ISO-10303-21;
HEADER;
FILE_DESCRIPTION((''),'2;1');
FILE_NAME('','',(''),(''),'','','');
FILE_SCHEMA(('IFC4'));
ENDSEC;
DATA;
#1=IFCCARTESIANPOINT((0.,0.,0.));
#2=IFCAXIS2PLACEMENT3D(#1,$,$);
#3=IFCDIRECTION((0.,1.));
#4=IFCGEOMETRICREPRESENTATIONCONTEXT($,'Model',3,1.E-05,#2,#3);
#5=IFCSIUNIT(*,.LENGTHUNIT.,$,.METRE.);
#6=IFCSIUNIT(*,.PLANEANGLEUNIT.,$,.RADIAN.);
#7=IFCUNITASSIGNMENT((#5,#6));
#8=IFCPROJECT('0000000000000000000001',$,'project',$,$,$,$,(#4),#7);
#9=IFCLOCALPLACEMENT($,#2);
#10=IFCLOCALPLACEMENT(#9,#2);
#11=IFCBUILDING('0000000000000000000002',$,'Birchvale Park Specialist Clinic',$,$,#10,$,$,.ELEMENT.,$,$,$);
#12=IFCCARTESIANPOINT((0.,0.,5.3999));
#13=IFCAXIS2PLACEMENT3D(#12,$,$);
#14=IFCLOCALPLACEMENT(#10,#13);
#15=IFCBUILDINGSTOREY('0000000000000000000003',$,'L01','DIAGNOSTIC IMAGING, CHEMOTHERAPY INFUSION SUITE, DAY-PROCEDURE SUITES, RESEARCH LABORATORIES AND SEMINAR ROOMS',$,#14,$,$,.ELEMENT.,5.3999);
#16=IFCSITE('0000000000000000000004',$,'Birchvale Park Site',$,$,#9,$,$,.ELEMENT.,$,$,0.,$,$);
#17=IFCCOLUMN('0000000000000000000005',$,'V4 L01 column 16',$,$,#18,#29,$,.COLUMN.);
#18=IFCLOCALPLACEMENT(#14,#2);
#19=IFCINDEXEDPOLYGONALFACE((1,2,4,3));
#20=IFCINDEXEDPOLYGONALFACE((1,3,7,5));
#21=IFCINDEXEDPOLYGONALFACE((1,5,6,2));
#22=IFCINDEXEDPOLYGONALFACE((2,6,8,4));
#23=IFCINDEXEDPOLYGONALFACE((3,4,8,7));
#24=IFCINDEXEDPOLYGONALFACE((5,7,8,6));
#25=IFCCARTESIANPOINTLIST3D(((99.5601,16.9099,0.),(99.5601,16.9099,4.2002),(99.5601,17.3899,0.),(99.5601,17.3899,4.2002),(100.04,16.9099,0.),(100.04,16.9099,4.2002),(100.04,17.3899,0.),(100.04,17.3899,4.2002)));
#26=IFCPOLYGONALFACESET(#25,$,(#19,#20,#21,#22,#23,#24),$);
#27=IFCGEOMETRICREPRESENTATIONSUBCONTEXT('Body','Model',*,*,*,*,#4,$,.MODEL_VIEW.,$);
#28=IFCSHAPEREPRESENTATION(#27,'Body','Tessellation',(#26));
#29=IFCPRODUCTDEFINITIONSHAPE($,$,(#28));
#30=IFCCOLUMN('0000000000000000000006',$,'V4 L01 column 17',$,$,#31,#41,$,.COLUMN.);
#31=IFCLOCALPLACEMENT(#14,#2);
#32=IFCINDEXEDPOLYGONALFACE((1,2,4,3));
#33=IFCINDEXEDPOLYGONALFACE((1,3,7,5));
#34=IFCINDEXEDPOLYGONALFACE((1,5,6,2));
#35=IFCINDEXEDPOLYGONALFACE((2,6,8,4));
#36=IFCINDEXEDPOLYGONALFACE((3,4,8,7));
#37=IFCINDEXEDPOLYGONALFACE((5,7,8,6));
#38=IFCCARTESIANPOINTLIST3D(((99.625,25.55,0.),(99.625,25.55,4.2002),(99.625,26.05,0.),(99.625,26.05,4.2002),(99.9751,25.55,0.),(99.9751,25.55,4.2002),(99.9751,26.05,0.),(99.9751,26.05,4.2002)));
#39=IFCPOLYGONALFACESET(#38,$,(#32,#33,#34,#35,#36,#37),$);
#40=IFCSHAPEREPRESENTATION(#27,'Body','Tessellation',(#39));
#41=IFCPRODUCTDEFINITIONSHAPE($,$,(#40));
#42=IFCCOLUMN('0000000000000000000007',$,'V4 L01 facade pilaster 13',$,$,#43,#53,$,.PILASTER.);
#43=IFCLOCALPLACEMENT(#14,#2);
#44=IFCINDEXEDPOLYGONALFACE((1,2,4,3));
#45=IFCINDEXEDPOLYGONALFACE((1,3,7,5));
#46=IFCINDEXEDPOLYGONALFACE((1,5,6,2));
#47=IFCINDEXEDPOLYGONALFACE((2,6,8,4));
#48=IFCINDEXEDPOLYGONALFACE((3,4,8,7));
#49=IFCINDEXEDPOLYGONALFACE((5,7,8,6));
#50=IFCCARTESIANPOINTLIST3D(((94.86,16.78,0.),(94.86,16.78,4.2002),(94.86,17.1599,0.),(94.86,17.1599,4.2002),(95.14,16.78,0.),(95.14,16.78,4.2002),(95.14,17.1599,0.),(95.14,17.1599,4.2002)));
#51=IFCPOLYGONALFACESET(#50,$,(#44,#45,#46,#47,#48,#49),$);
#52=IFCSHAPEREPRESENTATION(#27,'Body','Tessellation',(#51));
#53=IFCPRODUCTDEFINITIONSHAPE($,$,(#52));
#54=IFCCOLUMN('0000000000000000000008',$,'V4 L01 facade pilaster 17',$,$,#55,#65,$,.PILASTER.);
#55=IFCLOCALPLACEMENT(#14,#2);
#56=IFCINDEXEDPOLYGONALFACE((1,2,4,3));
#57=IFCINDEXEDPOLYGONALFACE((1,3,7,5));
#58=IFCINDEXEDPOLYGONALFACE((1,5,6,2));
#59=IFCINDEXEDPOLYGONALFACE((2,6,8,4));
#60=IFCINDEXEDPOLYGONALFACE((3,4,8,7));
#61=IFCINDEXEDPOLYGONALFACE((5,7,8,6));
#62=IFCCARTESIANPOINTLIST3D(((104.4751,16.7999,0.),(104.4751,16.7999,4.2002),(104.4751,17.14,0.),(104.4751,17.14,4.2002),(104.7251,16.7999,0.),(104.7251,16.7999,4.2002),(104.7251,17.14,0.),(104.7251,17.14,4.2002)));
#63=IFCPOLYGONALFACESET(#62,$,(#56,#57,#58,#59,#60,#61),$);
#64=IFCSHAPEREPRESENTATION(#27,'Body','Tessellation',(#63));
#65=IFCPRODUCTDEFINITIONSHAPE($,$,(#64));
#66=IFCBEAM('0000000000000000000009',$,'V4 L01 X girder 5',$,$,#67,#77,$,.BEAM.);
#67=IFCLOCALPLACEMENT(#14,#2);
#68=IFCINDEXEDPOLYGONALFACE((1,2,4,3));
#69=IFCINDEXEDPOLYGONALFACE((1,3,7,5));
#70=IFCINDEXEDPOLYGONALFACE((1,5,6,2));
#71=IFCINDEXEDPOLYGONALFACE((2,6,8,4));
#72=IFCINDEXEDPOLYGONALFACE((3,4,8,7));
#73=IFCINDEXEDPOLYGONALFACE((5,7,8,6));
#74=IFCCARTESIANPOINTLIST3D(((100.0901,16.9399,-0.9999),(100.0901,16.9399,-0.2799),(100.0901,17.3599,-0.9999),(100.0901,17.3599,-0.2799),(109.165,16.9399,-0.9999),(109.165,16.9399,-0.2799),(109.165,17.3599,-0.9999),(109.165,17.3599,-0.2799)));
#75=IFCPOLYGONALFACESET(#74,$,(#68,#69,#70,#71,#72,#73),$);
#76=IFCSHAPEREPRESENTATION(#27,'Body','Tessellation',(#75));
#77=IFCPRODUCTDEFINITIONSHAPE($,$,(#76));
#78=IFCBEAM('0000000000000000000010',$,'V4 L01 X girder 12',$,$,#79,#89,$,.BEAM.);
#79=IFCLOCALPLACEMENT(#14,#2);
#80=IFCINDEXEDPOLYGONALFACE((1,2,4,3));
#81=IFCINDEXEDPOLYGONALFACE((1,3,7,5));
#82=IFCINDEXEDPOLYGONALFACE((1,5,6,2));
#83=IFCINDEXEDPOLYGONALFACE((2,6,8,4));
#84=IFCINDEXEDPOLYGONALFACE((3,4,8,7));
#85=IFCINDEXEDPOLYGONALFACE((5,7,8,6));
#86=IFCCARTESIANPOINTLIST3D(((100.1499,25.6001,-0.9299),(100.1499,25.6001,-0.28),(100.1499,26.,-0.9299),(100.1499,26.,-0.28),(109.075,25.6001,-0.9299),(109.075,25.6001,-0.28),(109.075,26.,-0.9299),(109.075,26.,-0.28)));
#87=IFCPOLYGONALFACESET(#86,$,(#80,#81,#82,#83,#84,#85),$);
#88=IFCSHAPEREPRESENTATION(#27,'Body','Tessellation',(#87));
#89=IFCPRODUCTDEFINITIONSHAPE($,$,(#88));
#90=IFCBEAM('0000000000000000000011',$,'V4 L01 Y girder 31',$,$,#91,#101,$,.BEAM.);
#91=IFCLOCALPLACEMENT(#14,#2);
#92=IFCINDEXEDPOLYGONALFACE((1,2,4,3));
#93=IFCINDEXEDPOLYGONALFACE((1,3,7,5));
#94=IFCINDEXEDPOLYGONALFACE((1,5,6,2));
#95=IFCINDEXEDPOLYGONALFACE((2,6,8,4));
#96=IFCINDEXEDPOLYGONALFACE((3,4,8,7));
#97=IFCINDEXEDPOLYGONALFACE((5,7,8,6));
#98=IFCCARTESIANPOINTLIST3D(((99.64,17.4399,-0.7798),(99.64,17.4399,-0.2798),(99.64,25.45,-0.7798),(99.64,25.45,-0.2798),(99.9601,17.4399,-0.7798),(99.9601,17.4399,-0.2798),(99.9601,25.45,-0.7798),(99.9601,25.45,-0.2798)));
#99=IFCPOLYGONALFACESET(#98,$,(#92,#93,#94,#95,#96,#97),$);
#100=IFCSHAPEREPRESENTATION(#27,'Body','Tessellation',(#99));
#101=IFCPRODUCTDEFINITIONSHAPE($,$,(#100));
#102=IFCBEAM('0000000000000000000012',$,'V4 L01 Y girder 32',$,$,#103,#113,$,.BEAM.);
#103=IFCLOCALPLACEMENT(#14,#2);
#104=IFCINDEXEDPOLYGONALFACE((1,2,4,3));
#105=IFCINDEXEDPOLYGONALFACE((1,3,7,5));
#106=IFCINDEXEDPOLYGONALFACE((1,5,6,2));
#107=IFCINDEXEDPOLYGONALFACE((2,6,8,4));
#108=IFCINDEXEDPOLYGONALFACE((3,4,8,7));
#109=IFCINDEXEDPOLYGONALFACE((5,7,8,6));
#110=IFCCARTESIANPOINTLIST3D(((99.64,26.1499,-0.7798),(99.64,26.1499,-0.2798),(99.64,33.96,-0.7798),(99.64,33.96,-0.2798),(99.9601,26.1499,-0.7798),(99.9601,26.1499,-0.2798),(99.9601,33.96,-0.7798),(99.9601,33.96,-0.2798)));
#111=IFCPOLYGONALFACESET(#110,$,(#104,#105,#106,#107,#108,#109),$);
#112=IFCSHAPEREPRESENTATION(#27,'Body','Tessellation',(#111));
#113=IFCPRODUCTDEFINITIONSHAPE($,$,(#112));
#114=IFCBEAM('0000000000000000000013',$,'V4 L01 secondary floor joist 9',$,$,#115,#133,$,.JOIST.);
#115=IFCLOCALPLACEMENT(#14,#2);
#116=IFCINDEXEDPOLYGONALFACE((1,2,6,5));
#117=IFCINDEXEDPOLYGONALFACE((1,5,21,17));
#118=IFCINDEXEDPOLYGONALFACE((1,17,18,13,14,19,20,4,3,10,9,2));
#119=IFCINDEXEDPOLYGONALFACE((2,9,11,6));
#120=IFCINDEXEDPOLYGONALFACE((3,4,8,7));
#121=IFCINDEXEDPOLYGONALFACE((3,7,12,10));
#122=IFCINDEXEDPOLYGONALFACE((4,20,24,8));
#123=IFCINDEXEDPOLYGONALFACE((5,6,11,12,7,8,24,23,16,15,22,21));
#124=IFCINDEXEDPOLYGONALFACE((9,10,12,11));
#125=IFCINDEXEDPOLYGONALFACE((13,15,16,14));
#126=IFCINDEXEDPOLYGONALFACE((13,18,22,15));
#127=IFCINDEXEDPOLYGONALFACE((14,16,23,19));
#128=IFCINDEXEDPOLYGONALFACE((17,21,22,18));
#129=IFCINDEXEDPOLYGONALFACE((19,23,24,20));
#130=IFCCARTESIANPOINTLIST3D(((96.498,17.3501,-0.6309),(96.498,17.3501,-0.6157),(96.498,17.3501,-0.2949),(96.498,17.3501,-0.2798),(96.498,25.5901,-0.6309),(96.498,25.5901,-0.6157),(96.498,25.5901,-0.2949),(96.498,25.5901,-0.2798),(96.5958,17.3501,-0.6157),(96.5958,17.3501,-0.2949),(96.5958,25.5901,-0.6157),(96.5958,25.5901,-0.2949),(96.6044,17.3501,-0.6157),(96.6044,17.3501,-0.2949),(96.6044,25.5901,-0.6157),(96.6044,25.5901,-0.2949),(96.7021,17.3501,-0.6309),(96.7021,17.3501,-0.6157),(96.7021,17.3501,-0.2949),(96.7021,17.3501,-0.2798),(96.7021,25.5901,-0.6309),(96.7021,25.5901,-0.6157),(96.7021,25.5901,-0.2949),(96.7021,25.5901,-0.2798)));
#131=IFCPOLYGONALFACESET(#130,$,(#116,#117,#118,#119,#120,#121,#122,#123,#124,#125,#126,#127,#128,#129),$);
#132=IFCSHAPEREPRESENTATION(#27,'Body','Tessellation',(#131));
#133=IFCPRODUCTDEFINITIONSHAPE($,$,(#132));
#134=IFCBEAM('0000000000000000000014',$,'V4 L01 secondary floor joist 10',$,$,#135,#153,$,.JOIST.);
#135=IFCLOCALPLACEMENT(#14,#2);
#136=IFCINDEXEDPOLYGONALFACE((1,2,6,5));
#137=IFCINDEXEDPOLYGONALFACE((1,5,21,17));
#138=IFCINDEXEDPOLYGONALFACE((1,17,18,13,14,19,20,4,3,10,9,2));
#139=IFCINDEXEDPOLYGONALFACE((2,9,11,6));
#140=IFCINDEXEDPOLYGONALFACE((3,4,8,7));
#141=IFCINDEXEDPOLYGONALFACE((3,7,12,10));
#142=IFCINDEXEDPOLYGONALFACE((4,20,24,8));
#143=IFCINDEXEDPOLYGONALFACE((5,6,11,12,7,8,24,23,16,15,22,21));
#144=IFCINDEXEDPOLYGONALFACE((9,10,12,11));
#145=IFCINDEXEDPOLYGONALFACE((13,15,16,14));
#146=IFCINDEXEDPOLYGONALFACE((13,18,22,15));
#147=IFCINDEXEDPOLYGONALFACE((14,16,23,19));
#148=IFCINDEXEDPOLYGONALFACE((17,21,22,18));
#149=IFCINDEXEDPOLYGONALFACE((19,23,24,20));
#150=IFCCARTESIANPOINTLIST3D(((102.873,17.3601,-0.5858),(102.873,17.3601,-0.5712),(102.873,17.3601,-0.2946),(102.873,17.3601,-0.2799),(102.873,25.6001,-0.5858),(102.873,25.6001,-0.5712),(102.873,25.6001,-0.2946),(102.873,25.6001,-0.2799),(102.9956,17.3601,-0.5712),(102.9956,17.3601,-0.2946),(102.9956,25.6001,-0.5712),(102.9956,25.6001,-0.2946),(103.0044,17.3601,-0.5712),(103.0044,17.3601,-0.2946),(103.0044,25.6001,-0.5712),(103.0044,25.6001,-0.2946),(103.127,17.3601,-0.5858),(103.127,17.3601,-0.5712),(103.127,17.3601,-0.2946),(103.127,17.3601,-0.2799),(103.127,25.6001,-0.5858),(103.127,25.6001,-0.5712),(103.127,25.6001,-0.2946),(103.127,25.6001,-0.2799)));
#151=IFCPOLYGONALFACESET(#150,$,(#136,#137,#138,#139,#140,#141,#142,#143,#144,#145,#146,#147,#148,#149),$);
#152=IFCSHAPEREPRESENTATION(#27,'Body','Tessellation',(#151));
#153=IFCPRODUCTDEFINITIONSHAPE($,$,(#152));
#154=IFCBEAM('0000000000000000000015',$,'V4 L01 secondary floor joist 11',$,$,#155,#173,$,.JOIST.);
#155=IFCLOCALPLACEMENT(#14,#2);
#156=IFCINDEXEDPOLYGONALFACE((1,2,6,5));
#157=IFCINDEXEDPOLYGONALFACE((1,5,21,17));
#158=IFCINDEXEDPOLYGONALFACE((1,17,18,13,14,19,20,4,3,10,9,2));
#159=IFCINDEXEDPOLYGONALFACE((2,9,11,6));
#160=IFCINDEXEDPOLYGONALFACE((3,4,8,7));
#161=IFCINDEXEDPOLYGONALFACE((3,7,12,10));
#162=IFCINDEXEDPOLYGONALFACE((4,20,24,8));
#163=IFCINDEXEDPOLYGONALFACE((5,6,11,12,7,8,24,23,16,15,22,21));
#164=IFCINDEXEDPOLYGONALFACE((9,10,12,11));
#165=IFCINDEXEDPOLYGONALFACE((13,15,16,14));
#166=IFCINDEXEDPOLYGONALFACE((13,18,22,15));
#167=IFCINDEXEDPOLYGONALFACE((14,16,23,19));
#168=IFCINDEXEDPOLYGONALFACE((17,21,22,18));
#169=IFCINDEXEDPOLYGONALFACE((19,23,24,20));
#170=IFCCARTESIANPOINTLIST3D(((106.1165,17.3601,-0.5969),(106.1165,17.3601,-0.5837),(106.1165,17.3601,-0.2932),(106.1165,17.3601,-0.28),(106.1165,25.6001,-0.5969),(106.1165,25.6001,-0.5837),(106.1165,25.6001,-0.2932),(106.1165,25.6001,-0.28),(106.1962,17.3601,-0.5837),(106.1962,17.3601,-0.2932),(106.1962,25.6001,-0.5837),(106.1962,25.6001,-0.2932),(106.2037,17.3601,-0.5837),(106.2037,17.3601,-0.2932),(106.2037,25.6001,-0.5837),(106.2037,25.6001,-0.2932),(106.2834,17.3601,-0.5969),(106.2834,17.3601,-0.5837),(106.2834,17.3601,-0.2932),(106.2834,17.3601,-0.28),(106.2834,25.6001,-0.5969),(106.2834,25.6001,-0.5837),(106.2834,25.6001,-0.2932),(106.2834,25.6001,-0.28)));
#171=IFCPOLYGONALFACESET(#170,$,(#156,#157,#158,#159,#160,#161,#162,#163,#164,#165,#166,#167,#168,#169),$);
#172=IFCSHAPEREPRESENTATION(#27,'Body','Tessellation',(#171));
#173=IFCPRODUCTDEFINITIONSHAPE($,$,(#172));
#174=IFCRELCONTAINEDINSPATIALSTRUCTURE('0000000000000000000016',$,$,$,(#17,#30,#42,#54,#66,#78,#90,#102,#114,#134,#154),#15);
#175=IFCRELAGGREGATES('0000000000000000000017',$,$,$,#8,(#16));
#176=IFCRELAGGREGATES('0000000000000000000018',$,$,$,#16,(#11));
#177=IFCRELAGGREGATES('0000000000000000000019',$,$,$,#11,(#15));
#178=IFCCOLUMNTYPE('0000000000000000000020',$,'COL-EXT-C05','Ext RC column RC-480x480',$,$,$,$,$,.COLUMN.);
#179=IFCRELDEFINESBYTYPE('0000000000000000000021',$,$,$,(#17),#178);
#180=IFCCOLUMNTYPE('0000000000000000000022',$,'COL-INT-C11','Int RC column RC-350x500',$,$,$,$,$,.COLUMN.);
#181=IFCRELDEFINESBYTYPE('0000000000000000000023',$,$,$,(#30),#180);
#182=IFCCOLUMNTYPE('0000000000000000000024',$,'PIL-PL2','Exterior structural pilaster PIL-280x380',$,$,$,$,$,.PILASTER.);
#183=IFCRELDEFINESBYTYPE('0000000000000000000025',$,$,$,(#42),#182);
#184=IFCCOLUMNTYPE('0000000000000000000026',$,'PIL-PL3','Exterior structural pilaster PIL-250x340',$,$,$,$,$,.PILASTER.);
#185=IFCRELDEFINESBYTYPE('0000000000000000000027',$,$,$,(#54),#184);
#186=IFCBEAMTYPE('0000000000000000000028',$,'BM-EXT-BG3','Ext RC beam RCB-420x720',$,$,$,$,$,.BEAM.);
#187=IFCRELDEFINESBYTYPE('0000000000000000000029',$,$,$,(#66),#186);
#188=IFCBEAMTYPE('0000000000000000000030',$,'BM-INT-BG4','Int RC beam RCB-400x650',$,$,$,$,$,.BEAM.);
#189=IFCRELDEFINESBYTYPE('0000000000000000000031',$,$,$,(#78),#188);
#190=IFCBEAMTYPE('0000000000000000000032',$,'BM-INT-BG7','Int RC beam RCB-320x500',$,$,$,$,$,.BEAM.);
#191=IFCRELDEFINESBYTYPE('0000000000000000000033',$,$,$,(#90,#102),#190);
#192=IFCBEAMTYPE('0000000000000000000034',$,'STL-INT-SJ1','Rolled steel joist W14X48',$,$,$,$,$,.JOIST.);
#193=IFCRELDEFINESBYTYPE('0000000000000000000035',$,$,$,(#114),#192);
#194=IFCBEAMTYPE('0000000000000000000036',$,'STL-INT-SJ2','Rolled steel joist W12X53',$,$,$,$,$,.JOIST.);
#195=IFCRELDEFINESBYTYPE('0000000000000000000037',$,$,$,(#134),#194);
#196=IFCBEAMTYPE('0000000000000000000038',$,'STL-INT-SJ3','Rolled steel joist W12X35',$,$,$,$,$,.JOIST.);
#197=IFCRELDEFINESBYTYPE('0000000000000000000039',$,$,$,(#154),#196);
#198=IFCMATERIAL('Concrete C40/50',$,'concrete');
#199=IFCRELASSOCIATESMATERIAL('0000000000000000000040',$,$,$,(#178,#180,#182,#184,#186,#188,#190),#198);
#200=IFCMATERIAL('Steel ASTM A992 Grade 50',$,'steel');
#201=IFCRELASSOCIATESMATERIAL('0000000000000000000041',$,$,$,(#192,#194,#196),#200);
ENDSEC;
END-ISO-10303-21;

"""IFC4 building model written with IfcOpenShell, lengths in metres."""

from ifc_helpers import new_model, si_unit, direction, frame, origin, origin_2d, place, context, subcontext, project, spatial, rectangle, i_section, extrude, material, material_profile, profile_set, type_object, element, save


model = new_model("IFC4")

# Units and contexts
model_context = context("Model", 3, precision=1e-05, world=origin(), true_north=direction((0.0, 1.0)))
body_context = subcontext(model_context, "Body", "Model", "MODEL_VIEW")
ifc_project = project(units=[si_unit("LENGTHUNIT", "METRE"), si_unit("PLANEANGLEUNIT", "RADIAN")], contexts=[model_context])

# Site, building, storey
site_placement = place(None, origin())
site = spatial("IfcSite", under=ifc_project, at=site_placement, Name="Birchvale Park Site", CompositionType="ELEMENT", RefElevation=0.0)
building_placement = place(site_placement, origin())
building = spatial("IfcBuilding", under=site, at=building_placement, Name="Birchvale Park Specialist Clinic", CompositionType="ELEMENT")
storey_placement = place(building_placement, frame((0.0, 0.0, 5.3999)))
storey = spatial("IfcBuildingStorey", under=building, at=storey_placement, Name="L01", Description="DIAGNOSTIC IMAGING, CHEMOTHERAPY INFUSION SUITE, DAY-PROCEDURE SUITES, RESEARCH LABORATORIES AND SEMINAR ROOMS", CompositionType="ELEMENT", Elevation=5.3999)

# Columns
ifc_material_1 = material(Name="Concrete C40/50", Category="concrete")
ifc_material_profile_1 = material_profile(ifc_material_1, rectangle(XDim=0.48, YDim=0.48, at=origin_2d()), Name="RC-480x480")
ifc_profile_set_1 = profile_set([ifc_material_profile_1], Name="Concrete C40/50")
column_type_1 = type_object("IfcColumnType", Name="COL-EXT-C05", Description="Ext RC column RC-480x480", PredefinedType="COLUMN", material=ifc_profile_set_1)
column_1_placement = place(storey_placement, frame((99.8, 17.1499, 0.0), z_axis=(0.0, 0.0, 1.0), x_axis=(1.0, 0.0, 0.0)))
element("IfcColumn", 1, at=column_1_placement, inside=storey, type_object=column_type_1, Name="V4 L01 column 16", PredefinedType="COLUMN", context=body_context, shape_type="SweptSolid", body=[
    extrude(rectangle(XDim=0.48, YDim=0.48, at=origin_2d()), origin(), (0.0, 0.0, 1.0), 4.2002),
])
ifc_material_profile_2 = material_profile(ifc_material_1, rectangle(XDim=0.3501, YDim=0.5, at=origin_2d()), Name="RC-350x500")
ifc_profile_set_2 = profile_set([ifc_material_profile_2], Name="Concrete C40/50")
column_type_2 = type_object("IfcColumnType", Name="COL-INT-C11", Description="Int RC column RC-350x500", PredefinedType="COLUMN", material=ifc_profile_set_2)
column_2_placement = place(storey_placement, frame((99.8, 25.8, 0.0), z_axis=(0.0, 0.0, 1.0), x_axis=(1.0, 0.0, 0.0)))
element("IfcColumn", 2, at=column_2_placement, inside=storey, type_object=column_type_2, Name="V4 L01 column 17", PredefinedType="COLUMN", context=body_context, shape_type="SweptSolid", body=[
    extrude(rectangle(XDim=0.3501, YDim=0.5, at=origin_2d()), origin(), (0.0, 0.0, 1.0), 4.2002),
])
ifc_material_profile_3 = material_profile(ifc_material_1, rectangle(XDim=0.28, YDim=0.3799, at=origin_2d()), Name="PIL-280x380")
ifc_profile_set_3 = profile_set([ifc_material_profile_3], Name="Concrete C40/50")
column_type_3 = type_object("IfcColumnType", Name="PIL-PL2", Description="Exterior structural pilaster PIL-280x380", PredefinedType="PILASTER", material=ifc_profile_set_3)
column_3_placement = place(storey_placement, frame((95.0, 16.97, 0.0), z_axis=(0.0, 0.0, 1.0), x_axis=(1.0, 0.0, 0.0)))
element("IfcColumn", 3, at=column_3_placement, inside=storey, type_object=column_type_3, Name="V4 L01 facade pilaster 13", PredefinedType="PILASTER", context=body_context, shape_type="SweptSolid", body=[
    extrude(rectangle(XDim=0.28, YDim=0.3799, at=origin_2d()), origin(), (0.0, 0.0, 1.0), 4.2002),
])
ifc_material_profile_4 = material_profile(ifc_material_1, rectangle(XDim=0.25, YDim=0.3401, at=origin_2d()), Name="PIL-250x340")
ifc_profile_set_4 = profile_set([ifc_material_profile_4], Name="Concrete C40/50")
column_type_4 = type_object("IfcColumnType", Name="PIL-PL3", Description="Exterior structural pilaster PIL-250x340", PredefinedType="PILASTER", material=ifc_profile_set_4)
column_4_placement = place(storey_placement, frame((104.6001, 16.97, 0.0), z_axis=(0.0, 0.0, 1.0), x_axis=(1.0, 0.0, 0.0)))
element("IfcColumn", 4, at=column_4_placement, inside=storey, type_object=column_type_4, Name="V4 L01 facade pilaster 17", PredefinedType="PILASTER", context=body_context, shape_type="SweptSolid", body=[
    extrude(rectangle(XDim=0.25, YDim=0.3401, at=origin_2d()), origin(), (0.0, 0.0, 1.0), 4.2002),
])

# Beams
ifc_material_profile_5 = material_profile(ifc_material_1, rectangle(XDim=0.4199, YDim=0.72, at=origin_2d()), Name="RCB-420x720")
ifc_profile_set_5 = profile_set([ifc_material_profile_5], Name="Concrete C40/50")
beam_type_1 = type_object("IfcBeamType", Name="BM-EXT-BG3", Description="Ext RC beam RCB-420x720", PredefinedType="BEAM", material=ifc_profile_set_5)
beam_1_placement = place(storey_placement, frame((100.0901, 17.1499, -0.6399), z_axis=(1.0, 0.0, 0.0), x_axis=(0.0, 1.0, 0.0)))
element("IfcBeam", 5, at=beam_1_placement, inside=storey, type_object=beam_type_1, Name="V4 L01 X girder 5", PredefinedType="BEAM", context=body_context, shape_type="SweptSolid", body=[
    extrude(rectangle(XDim=0.4199, YDim=0.72, at=origin_2d()), origin(), (0.0, 0.0, 1.0), 9.075),
])
ifc_material_profile_6 = material_profile(ifc_material_1, rectangle(XDim=0.3999, YDim=0.6499, at=origin_2d()), Name="RCB-400x650")
ifc_profile_set_6 = profile_set([ifc_material_profile_6], Name="Concrete C40/50")
beam_type_2 = type_object("IfcBeamType", Name="BM-INT-BG4", Description="Int RC beam RCB-400x650", PredefinedType="BEAM", material=ifc_profile_set_6)
beam_2_placement = place(storey_placement, frame((100.1499, 25.8, -0.605), z_axis=(1.0, 0.0, 0.0), x_axis=(0.0, 1.0, 0.0)))
element("IfcBeam", 6, at=beam_2_placement, inside=storey, type_object=beam_type_2, Name="V4 L01 X girder 12", PredefinedType="BEAM", context=body_context, shape_type="SweptSolid", body=[
    extrude(rectangle(XDim=0.3999, YDim=0.6499, at=origin_2d()), origin(), (0.0, 0.0, 1.0), 8.925),
])
ifc_material_profile_7 = material_profile(ifc_material_1, rectangle(XDim=0.3201, YDim=0.5, at=origin_2d()), Name="RCB-320x500")
ifc_profile_set_7 = profile_set([ifc_material_profile_7], Name="Concrete C40/50")
beam_type_3 = type_object("IfcBeamType", Name="BM-INT-BG7", Description="Int RC beam RCB-320x500", PredefinedType="BEAM", material=ifc_profile_set_7)
beam_3_placement = place(storey_placement, frame((99.8, 17.4399, -0.5298), z_axis=(0.0, 1.0, 0.0), x_axis=(-1.0, 0.0, 0.0)))
element("IfcBeam", 7, at=beam_3_placement, inside=storey, type_object=beam_type_3, Name="V4 L01 Y girder 31", PredefinedType="BEAM", context=body_context, shape_type="SweptSolid", body=[
    extrude(rectangle(XDim=0.3201, YDim=0.5, at=origin_2d()), origin(), (0.0, 0.0, 1.0), 8.01),
])
beam_4_placement = place(storey_placement, frame((99.8, 26.1499, -0.5298), z_axis=(0.0, 1.0, 0.0), x_axis=(-1.0, 0.0, 0.0)))
element("IfcBeam", 8, at=beam_4_placement, inside=storey, type_object=beam_type_3, Name="V4 L01 Y girder 32", PredefinedType="BEAM", context=body_context, shape_type="SweptSolid", body=[
    extrude(rectangle(XDim=0.3201, YDim=0.5, at=origin_2d()), origin(), (0.0, 0.0, 1.0), 7.8101),
])
ifc_material_2 = material(Name="Steel ASTM A992 Grade 50", Category="steel")
ifc_material_profile_8 = material_profile(ifc_material_2, i_section(OverallWidth=0.2041, OverallDepth=0.3511, WebThickness=0.0085, FlangeThickness=0.0151, at=origin_2d()), Name="W14X48")
ifc_profile_set_8 = profile_set([ifc_material_profile_8], Name="Steel ASTM A992 Grade 50")
beam_type_4 = type_object("IfcBeamType", Name="STL-INT-SJ1", Description="Rolled steel joist W14X48", PredefinedType="JOIST", material=ifc_profile_set_8)
beam_5_placement = place(storey_placement, frame((96.6001, 17.3501, -0.4553), z_axis=(0.0, 1.0, 0.0), x_axis=(-1.0, 0.0, 0.0)))
element("IfcBeam", 9, at=beam_5_placement, inside=storey, type_object=beam_type_4, Name="V4 L01 secondary floor joist 9", PredefinedType="JOIST", context=body_context, shape_type="SweptSolid", body=[
    extrude(i_section(OverallWidth=0.2041, OverallDepth=0.3511, WebThickness=0.0085, FlangeThickness=0.0151, at=origin_2d()), origin(), (0.0, 0.0, 1.0), 8.24),
])
ifc_material_profile_9 = material_profile(ifc_material_2, i_section(OverallWidth=0.2539, OverallDepth=0.3059, WebThickness=0.0088, FlangeThickness=0.0146, at=origin_2d()), Name="W12X53")
ifc_profile_set_9 = profile_set([ifc_material_profile_9], Name="Steel ASTM A992 Grade 50")
beam_type_5 = type_object("IfcBeamType", Name="STL-INT-SJ2", Description="Rolled steel joist W12X53", PredefinedType="JOIST", material=ifc_profile_set_9)
beam_6_placement = place(storey_placement, frame((103.0, 17.3601, -0.4329), z_axis=(0.0, 1.0, 0.0), x_axis=(-1.0, 0.0, 0.0)))
element("IfcBeam", 10, at=beam_6_placement, inside=storey, type_object=beam_type_5, Name="V4 L01 secondary floor joist 10", PredefinedType="JOIST", context=body_context, shape_type="SweptSolid", body=[
    extrude(i_section(OverallWidth=0.2539, OverallDepth=0.3059, WebThickness=0.0088, FlangeThickness=0.0146, at=origin_2d()), origin(), (0.0, 0.0, 1.0), 8.24),
])
ifc_material_profile_10 = material_profile(ifc_material_2, i_section(OverallWidth=0.167, OverallDepth=0.3169, WebThickness=0.0076, FlangeThickness=0.0132, at=origin_2d()), Name="W12X35")
ifc_profile_set_10 = profile_set([ifc_material_profile_10], Name="Steel ASTM A992 Grade 50")
beam_type_6 = type_object("IfcBeamType", Name="STL-INT-SJ3", Description="Rolled steel joist W12X35", PredefinedType="JOIST", material=ifc_profile_set_10)
beam_7_placement = place(storey_placement, frame((106.2, 17.3601, -0.4385), z_axis=(0.0, 1.0, 0.0), x_axis=(-1.0, 0.0, 0.0)))
element("IfcBeam", 11, at=beam_7_placement, inside=storey, type_object=beam_type_6, Name="V4 L01 secondary floor joist 11", PredefinedType="JOIST", context=body_context, shape_type="SweptSolid", body=[
    extrude(i_section(OverallWidth=0.167, OverallDepth=0.3169, WebThickness=0.0076, FlangeThickness=0.0132, at=origin_2d()), origin(), (0.0, 0.0, 1.0), 8.24),
])

save(model, "model.ifc")
